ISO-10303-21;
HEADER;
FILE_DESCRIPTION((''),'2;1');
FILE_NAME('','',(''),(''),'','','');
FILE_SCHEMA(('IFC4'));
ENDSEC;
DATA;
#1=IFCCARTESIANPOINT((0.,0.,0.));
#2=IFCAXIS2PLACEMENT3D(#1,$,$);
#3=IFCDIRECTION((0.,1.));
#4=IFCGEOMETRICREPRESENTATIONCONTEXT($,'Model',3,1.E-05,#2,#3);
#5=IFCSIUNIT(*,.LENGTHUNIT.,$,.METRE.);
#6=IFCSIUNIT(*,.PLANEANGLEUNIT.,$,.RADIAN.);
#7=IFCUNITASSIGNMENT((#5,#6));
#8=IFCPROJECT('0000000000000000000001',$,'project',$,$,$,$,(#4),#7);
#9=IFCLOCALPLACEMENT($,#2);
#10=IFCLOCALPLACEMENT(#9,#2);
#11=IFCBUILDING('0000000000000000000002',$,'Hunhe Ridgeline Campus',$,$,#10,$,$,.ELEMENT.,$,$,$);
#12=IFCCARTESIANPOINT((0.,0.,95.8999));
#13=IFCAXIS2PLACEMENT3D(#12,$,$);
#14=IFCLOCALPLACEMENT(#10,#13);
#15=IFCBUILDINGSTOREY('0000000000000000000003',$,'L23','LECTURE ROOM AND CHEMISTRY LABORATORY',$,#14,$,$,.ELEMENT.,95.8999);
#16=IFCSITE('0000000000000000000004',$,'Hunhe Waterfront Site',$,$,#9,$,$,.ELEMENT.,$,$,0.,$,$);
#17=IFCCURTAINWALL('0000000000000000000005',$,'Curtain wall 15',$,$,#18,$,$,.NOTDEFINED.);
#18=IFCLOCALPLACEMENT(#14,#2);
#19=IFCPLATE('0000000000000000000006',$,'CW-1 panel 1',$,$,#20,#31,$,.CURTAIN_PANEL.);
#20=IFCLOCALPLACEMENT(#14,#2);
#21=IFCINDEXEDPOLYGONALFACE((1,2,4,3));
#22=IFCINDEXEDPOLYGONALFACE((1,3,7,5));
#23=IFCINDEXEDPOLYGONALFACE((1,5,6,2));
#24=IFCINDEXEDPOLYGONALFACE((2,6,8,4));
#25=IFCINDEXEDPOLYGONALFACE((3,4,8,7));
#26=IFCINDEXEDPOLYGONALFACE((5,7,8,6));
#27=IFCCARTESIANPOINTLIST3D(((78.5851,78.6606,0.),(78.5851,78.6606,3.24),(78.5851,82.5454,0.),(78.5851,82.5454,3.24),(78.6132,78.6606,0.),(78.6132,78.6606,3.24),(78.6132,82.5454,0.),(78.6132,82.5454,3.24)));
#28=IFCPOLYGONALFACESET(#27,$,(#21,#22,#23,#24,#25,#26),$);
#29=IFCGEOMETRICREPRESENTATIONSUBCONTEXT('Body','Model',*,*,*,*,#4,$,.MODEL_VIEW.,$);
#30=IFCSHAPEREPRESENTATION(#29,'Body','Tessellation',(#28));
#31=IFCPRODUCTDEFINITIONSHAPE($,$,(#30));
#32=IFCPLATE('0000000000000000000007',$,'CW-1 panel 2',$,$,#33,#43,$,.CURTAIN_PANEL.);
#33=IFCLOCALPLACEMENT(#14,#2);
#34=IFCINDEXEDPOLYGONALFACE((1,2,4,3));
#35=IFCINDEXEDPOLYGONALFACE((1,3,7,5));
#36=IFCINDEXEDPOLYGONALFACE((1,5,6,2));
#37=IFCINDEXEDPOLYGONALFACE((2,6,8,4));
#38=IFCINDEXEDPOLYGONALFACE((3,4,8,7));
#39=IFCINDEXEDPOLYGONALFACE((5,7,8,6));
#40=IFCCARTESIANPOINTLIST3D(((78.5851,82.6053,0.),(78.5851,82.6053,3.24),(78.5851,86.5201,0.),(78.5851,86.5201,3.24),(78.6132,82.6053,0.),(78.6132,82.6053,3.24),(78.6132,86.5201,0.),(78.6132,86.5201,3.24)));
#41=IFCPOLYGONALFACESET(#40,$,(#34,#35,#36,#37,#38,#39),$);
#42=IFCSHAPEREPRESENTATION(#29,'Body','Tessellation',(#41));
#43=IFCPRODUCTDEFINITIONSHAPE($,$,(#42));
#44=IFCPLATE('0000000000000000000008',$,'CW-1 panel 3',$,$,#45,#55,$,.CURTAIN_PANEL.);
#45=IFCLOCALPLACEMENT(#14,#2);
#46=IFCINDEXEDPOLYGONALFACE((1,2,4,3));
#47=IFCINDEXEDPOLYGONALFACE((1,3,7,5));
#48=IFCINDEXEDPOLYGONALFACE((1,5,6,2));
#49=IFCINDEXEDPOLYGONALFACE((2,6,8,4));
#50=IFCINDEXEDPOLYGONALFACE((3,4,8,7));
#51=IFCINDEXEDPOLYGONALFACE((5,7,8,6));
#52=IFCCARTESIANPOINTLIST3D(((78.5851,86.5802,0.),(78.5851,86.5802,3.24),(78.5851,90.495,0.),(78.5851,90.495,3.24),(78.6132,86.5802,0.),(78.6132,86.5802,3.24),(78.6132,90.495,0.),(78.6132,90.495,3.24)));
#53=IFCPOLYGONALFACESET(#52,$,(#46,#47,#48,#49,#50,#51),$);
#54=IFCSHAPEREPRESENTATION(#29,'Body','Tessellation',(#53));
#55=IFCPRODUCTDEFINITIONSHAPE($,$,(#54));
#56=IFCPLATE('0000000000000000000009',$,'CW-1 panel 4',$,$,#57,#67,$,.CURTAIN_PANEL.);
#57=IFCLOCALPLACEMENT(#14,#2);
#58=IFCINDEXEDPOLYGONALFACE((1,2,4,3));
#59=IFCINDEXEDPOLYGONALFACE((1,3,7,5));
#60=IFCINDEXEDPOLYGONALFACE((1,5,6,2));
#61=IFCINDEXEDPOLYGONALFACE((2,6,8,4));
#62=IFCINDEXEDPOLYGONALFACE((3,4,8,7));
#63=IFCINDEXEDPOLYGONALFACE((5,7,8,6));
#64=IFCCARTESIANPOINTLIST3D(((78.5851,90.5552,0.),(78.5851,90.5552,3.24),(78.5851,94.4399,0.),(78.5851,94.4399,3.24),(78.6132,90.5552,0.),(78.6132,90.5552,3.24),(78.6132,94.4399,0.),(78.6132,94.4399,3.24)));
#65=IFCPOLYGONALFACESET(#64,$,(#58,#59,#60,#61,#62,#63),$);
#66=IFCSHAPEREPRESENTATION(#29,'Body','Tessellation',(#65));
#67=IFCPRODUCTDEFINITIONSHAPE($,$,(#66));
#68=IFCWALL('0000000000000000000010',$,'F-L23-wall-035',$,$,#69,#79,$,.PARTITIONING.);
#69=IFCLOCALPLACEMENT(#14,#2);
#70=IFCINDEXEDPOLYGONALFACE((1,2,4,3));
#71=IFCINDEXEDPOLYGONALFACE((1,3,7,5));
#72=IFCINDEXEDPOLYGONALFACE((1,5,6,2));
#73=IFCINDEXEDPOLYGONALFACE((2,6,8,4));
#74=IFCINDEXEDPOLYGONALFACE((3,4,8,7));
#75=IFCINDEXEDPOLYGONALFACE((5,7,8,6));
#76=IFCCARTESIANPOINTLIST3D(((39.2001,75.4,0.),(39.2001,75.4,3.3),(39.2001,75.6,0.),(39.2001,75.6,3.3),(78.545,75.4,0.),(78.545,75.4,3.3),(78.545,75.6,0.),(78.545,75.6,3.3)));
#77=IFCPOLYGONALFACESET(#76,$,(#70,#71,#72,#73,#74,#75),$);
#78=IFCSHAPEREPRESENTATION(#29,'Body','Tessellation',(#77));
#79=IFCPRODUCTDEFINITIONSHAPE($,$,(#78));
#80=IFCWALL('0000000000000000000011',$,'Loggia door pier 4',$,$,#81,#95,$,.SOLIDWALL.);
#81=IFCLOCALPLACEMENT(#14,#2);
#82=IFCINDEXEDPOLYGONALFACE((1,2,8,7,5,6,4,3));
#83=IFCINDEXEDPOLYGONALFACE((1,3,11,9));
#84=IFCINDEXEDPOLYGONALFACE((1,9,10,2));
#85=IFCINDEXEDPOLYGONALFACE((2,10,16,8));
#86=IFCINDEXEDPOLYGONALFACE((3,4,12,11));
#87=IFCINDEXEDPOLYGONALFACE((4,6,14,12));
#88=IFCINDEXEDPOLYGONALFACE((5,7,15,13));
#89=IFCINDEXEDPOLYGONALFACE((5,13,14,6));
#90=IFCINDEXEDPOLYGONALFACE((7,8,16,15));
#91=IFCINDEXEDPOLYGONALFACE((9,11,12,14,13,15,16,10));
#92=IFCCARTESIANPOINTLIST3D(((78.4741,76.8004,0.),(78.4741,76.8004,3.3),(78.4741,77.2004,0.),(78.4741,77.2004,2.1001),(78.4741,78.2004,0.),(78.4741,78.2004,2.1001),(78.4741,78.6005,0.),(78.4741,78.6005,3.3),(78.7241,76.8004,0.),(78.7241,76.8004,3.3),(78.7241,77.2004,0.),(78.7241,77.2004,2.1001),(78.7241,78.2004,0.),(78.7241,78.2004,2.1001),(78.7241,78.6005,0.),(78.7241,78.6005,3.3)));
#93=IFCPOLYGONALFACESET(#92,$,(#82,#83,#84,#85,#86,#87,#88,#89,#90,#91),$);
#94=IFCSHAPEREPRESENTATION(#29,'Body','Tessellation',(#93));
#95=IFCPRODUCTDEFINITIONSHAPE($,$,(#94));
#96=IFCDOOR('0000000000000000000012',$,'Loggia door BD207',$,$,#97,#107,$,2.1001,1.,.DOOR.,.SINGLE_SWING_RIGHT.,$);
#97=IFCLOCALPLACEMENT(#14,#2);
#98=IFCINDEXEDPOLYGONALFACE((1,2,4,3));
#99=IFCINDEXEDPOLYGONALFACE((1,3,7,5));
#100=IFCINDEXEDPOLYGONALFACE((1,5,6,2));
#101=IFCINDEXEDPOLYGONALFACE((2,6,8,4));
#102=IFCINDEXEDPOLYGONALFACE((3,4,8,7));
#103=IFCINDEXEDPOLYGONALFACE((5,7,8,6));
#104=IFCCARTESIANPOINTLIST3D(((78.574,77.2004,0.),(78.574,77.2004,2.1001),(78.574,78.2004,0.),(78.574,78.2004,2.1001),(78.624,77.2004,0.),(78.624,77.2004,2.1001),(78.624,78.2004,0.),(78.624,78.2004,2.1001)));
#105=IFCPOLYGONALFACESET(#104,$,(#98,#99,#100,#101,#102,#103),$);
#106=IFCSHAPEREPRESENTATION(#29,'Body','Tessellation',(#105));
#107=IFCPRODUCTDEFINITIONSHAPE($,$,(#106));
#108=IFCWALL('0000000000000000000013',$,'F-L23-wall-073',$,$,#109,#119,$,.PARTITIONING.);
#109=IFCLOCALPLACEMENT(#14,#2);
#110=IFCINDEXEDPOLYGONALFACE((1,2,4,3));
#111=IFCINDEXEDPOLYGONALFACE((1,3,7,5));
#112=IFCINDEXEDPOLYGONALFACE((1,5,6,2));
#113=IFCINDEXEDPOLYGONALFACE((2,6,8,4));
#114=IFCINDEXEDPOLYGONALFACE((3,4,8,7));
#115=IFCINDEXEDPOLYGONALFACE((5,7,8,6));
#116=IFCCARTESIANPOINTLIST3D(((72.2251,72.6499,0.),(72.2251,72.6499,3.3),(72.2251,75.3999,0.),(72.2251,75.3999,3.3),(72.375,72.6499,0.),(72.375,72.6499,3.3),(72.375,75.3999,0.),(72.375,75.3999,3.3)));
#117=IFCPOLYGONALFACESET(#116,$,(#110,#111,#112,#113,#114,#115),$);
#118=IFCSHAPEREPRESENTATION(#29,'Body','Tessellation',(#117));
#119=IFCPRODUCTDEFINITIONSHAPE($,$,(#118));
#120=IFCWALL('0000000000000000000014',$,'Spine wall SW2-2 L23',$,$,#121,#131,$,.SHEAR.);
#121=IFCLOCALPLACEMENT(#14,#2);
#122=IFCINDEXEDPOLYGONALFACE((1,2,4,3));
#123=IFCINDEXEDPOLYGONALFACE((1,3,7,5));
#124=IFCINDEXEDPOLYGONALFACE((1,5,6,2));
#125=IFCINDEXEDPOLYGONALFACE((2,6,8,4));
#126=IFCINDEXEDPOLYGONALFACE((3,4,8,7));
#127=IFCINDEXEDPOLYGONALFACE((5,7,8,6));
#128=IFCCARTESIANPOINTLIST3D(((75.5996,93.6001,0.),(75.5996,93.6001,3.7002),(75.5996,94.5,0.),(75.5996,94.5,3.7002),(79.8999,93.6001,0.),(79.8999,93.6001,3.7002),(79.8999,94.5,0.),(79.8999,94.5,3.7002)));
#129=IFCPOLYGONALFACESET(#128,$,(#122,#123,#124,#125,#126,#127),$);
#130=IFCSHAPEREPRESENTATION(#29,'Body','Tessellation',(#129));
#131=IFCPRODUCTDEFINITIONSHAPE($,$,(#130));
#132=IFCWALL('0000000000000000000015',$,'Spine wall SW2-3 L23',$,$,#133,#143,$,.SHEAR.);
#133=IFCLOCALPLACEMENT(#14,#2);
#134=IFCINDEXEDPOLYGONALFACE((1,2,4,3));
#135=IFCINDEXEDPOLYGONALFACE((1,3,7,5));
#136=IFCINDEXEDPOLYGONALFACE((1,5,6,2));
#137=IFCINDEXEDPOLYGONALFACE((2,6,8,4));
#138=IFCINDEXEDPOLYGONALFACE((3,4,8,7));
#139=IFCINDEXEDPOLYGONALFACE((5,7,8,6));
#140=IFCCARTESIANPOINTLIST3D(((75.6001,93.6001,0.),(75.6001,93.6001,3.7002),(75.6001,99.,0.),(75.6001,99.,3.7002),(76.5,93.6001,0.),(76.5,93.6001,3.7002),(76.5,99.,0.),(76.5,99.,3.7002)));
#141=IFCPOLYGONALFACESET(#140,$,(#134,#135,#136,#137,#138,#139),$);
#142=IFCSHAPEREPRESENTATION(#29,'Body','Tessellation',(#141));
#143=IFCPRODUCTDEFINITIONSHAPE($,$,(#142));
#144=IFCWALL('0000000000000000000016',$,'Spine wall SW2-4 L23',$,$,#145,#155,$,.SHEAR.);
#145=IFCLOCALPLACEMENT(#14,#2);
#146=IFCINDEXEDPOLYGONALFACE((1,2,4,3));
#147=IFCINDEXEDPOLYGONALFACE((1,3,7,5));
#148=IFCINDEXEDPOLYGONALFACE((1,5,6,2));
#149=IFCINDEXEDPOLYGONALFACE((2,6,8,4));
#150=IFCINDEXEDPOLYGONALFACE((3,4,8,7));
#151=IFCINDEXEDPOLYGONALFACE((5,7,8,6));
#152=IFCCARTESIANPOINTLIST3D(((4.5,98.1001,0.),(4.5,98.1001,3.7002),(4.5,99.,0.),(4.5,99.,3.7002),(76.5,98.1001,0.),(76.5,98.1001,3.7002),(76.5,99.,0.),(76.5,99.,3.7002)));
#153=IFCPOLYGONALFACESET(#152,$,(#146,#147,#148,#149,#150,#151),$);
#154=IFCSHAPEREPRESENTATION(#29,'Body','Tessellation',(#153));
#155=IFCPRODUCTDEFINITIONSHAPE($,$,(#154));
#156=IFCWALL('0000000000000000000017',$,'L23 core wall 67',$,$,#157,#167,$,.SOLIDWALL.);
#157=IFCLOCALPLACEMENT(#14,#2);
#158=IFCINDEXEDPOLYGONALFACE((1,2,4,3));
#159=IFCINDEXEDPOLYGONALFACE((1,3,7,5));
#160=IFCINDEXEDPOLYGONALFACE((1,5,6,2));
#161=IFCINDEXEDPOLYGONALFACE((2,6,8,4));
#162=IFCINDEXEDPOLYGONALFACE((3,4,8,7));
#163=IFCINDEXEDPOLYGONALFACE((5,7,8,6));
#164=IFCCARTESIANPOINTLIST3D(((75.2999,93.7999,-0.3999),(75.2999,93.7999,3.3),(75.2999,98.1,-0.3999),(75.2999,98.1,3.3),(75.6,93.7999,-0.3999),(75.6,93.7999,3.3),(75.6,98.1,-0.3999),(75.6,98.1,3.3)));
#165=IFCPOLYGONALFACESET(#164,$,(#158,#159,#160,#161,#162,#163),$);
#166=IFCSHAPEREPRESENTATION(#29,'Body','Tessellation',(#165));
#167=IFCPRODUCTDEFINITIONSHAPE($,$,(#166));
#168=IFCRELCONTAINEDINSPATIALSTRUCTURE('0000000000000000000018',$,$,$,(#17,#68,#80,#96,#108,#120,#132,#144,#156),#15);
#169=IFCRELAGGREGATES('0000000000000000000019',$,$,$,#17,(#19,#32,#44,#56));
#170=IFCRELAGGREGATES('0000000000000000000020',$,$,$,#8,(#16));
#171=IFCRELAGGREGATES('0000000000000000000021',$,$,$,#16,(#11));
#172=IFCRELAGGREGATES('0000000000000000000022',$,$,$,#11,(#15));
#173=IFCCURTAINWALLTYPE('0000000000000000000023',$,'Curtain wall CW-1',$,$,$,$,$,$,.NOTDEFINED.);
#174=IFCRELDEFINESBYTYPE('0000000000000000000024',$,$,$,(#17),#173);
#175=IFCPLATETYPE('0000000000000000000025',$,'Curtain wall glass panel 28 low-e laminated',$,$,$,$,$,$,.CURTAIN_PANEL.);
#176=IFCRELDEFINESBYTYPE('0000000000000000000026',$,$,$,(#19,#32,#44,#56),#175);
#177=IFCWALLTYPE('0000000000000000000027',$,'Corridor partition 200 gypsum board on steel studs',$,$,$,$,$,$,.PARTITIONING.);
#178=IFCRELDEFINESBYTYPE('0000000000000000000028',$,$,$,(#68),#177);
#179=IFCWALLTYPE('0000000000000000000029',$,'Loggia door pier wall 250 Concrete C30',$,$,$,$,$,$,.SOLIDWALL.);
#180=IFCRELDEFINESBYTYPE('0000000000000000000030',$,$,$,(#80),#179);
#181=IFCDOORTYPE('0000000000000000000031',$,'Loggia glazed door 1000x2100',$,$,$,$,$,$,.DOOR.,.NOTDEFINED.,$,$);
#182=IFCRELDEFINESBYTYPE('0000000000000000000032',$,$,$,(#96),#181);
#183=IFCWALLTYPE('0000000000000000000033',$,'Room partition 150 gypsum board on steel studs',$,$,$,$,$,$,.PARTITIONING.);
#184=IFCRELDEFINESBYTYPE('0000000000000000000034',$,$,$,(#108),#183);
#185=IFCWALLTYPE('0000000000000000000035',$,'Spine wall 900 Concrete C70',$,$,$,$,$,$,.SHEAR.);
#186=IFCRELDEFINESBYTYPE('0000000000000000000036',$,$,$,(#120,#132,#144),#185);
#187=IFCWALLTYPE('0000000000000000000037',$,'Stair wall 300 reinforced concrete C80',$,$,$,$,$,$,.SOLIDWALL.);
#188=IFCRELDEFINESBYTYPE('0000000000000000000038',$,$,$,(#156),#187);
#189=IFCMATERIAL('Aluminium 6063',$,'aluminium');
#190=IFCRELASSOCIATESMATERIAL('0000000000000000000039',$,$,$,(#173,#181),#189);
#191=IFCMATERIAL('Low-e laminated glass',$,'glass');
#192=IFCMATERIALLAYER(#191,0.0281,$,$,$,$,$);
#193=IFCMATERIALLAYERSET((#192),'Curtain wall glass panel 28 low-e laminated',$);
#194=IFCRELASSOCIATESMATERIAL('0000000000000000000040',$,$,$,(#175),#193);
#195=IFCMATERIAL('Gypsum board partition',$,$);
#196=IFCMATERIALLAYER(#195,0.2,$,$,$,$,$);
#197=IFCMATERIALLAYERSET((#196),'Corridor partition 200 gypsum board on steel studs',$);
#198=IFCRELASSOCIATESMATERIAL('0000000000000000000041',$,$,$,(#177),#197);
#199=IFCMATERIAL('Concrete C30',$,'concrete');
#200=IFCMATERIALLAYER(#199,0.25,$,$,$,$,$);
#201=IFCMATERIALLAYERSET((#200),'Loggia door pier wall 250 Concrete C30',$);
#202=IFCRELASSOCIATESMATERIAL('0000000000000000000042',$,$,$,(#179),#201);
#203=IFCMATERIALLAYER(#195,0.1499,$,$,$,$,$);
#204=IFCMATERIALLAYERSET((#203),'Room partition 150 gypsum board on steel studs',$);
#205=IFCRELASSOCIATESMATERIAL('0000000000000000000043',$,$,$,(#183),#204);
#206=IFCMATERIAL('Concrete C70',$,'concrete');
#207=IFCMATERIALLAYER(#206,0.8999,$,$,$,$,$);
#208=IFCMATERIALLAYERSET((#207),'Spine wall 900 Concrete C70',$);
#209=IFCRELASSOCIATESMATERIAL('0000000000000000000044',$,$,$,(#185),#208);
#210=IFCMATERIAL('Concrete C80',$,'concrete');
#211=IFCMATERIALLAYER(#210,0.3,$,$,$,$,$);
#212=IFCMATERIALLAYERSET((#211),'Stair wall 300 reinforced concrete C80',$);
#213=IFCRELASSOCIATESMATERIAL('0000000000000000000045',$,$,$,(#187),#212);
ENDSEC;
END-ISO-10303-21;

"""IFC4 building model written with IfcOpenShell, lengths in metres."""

from ifc_helpers import new_model, si_unit, direction, frame, frame_2d, origin, origin_2d, place, context, subcontext, project, spatial, rectangle, extrude, material, layer, layer_set, type_object, element, fill, aggregate, save


model = new_model("IFC4")

# Units and contexts
model_context = context("Model", 3, precision=1e-05, world=origin(), true_north=direction((0.0, 1.0)))
body_context = subcontext(model_context, "Body", "Model", "MODEL_VIEW")
ifc_project = project(units=[si_unit("LENGTHUNIT", "METRE"), si_unit("PLANEANGLEUNIT", "RADIAN")], contexts=[model_context])

# Site, building, storey
site_placement = place(None, origin())
site = spatial("IfcSite", under=ifc_project, at=site_placement, Name="Hunhe Waterfront Site", CompositionType="ELEMENT", RefElevation=0.0)
building_placement = place(site_placement, origin())
building = spatial("IfcBuilding", under=site, at=building_placement, Name="Hunhe Ridgeline Campus", CompositionType="ELEMENT")
storey_placement = place(building_placement, frame((0.0, 0.0, 95.8999)))
storey = spatial("IfcBuildingStorey", under=building, at=storey_placement, Name="L23", Description="LECTURE ROOM AND CHEMISTRY LABORATORY", CompositionType="ELEMENT", Elevation=95.8999)

# Shared definitions
ifc_material_1 = material(Name="Concrete C70", Category="concrete")

# Shared definitions
ifc_material_2 = material(Name="Aluminium 6063", Category="aluminium")
curtain_wall_type = type_object("IfcCurtainWallType", Name="Curtain wall CW-1", PredefinedType="NOTDEFINED", material=ifc_material_2)

# Curtain wall
curtain_wall_1_placement = place(storey_placement, origin())
curtain_wall_1 = element("IfcCurtainWall", 1, at=curtain_wall_1_placement, inside=storey, type_object=curtain_wall_type, Name="Curtain wall 15", PredefinedType="NOTDEFINED")

# Plates
ifc_material_3 = material(Name="Low-e laminated glass", Category="glass")
ifc_layer_1 = layer(ifc_material_3, 0.0281)
ifc_layer_set_1 = layer_set([ifc_layer_1], Name="Curtain wall glass panel 28 low-e laminated")
plate_type = type_object("IfcPlateType", Name="Curtain wall glass panel 28 low-e laminated", PredefinedType="CURTAIN_PANEL", material=ifc_layer_set_1)
plate_1_placement = place(storey_placement, frame((78.5991, 80.603, 0.0), z_axis=(0.0, 0.0, 1.0), x_axis=(0.0, 1.0, 0.0)))
plate_1 = element("IfcPlate", 2, at=plate_1_placement, type_object=plate_type, Name="CW-1 panel 1", PredefinedType="CURTAIN_PANEL", context=body_context, shape_type="SweptSolid", body=[
    extrude(rectangle(XDim=3.8848, YDim=0.0281, at=origin_2d()), origin(), (0.0, 0.0, 1.0), 3.24),
])
plate_2_placement = place(storey_placement, frame((78.5991, 84.5627, 0.0), z_axis=(0.0, 0.0, 1.0), x_axis=(0.0, 1.0, 0.0)))
plate_2 = element("IfcPlate", 3, at=plate_2_placement, type_object=plate_type, Name="CW-1 panel 2", PredefinedType="CURTAIN_PANEL", context=body_context, shape_type="SweptSolid", body=[
    extrude(rectangle(XDim=3.9148, YDim=0.0281, at=origin_2d()), origin(), (0.0, 0.0, 1.0), 3.24),
])
plate_3_placement = place(storey_placement, frame((78.5991, 88.5376, 0.0), z_axis=(0.0, 0.0, 1.0), x_axis=(0.0, 1.0, 0.0)))
plate_3 = element("IfcPlate", 4, at=plate_3_placement, type_object=plate_type, Name="CW-1 panel 3", PredefinedType="CURTAIN_PANEL", context=body_context, shape_type="SweptSolid", body=[
    extrude(rectangle(XDim=3.9148, YDim=0.0281, at=origin_2d()), origin(), (0.0, 0.0, 1.0), 3.24),
])
plate_4_placement = place(storey_placement, frame((78.5991, 92.4976, 0.0), z_axis=(0.0, 0.0, 1.0), x_axis=(0.0, 1.0, 0.0)))
plate_4 = element("IfcPlate", 5, at=plate_4_placement, type_object=plate_type, Name="CW-1 panel 4", PredefinedType="CURTAIN_PANEL", context=body_context, shape_type="SweptSolid", body=[
    extrude(rectangle(XDim=3.8848, YDim=0.0281, at=origin_2d()), origin(), (0.0, 0.0, 1.0), 3.24),
])
aggregate(curtain_wall_1, [plate_1, plate_2, plate_3, plate_4])

# Wall
ifc_material_4 = material(Name="Gypsum board partition")
ifc_layer_2 = layer(ifc_material_4, 0.2)
ifc_layer_set_2 = layer_set([ifc_layer_2], Name="Corridor partition 200 gypsum board on steel studs")
wall_type_1 = type_object("IfcWallType", Name="Corridor partition 200 gypsum board on steel studs", PredefinedType="PARTITIONING", material=ifc_layer_set_2)
wall_1_placement = place(storey_placement, frame((78.5449, 75.5, 0.0), z_axis=(0.0, 0.0, 1.0), x_axis=(-1.0, 0.0, 0.0)))
element("IfcWall", 6, at=wall_1_placement, inside=storey, type_object=wall_type_1, Name="F-L23-wall-035", PredefinedType="PARTITIONING", context=body_context, shape_type="SweptSolid", body=[
    extrude(rectangle(XDim=39.345, YDim=0.2, at=frame_2d((19.6724, 0.0))), origin(), (0.0, 0.0, 1.0), 3.3),
])

# Wall, opening, door
ifc_material_5 = material(Name="Concrete C30", Category="concrete")
ifc_layer_3 = layer(ifc_material_5, 0.25)
ifc_layer_set_3 = layer_set([ifc_layer_3], Name="Loggia door pier wall 250 Concrete C30")
wall_type_2 = type_object("IfcWallType", Name="Loggia door pier wall 250 Concrete C30", PredefinedType="SOLIDWALL", material=ifc_layer_set_3)
wall_2_placement = place(storey_placement, frame((78.5991, 76.8005, 0.0), z_axis=(0.0, 0.0, 1.0), x_axis=(0.0, 1.0, 0.0)))
wall_2 = element("IfcWall", 7, at=wall_2_placement, inside=storey, type_object=wall_type_2, Name="Loggia door pier 4", PredefinedType="SOLIDWALL", context=body_context, shape_type="SweptSolid", body=[
    extrude(rectangle(XDim=1.8, YDim=0.25, at=frame_2d((0.8999, 0.0))), origin(), (0.0, 0.0, 1.0), 3.3),
])
opening_placement = place(wall_2_placement, frame((0.3999, 0.0, 0.0)))
opening = element("IfcOpeningElement", 8, at=opening_placement, cuts=wall_2, PredefinedType="OPENING", context=body_context, shape_type="SweptSolid", body=[
    extrude(rectangle(XDim=1.0, YDim=2.1001, at=frame_2d((0.5, 1.05))), frame((0.0, 0.125, 0.0), z_axis=(0.0, -1.0, 0.0), x_axis=(1.0, 0.0, 0.0)), (0.0, 0.0, 1.0), 0.25),
])
door_type = type_object("IfcDoorType", Name="Loggia glazed door 1000x2100", OperationType="NOTDEFINED", PredefinedType="DOOR", material=ifc_material_2)
door_placement = place(opening_placement, frame((1.0, 0.0, 0.0), z_axis=(0.0, 0.0, 1.0), x_axis=(-1.0, 0.0, 0.0)))
door = element("IfcDoor", 9, at=door_placement, inside=storey, type_object=door_type, Name="Loggia door BD207", OperationType="SINGLE_SWING_RIGHT", OverallHeight=2.1001, OverallWidth=1.0, PredefinedType="DOOR", context=body_context, shape_type="SweptSolid", body=[
    extrude(rectangle(XDim=1.0, YDim=2.1001, at=frame_2d((0.5, 1.05))), frame((0.0, 0.0249, 0.0), z_axis=(0.0, -1.0, 0.0), x_axis=(1.0, 0.0, 0.0)), (0.0, 0.0, 1.0), 0.05),
])
fill(opening, door)

# Walls
ifc_layer_4 = layer(ifc_material_4, 0.1499)
ifc_layer_set_4 = layer_set([ifc_layer_4], Name="Room partition 150 gypsum board on steel studs")
wall_type_3 = type_object("IfcWallType", Name="Room partition 150 gypsum board on steel studs", PredefinedType="PARTITIONING", material=ifc_layer_set_4)
wall_3_placement = place(storey_placement, frame((72.3, 75.3999, 0.0), z_axis=(0.0, 0.0, 1.0), x_axis=(0.0, -1.0, 0.0)))
element("IfcWall", 10, at=wall_3_placement, inside=storey, type_object=wall_type_3, Name="F-L23-wall-073", PredefinedType="PARTITIONING", context=body_context, shape_type="SweptSolid", body=[
    extrude(rectangle(XDim=2.75, YDim=0.1499, at=frame_2d((1.375, 0.0))), origin(), (0.0, 0.0, 1.0), 3.3),
])
ifc_layer_5 = layer(ifc_material_1, 0.8999)
ifc_layer_set_5 = layer_set([ifc_layer_5], Name="Spine wall 900 Concrete C70")
wall_type_4 = type_object("IfcWallType", Name="Spine wall 900 Concrete C70", PredefinedType="SHEAR", material=ifc_layer_set_5)
wall_4_placement = place(storey_placement, frame((79.8999, 94.05, 0.0), z_axis=(0.0, 0.0, 1.0), x_axis=(-1.0, 0.0, 0.0)))
element("IfcWall", 11, at=wall_4_placement, inside=storey, type_object=wall_type_4, Name="Spine wall SW2-2 L23", PredefinedType="SHEAR", context=body_context, shape_type="SweptSolid", body=[
    extrude(rectangle(XDim=4.3003, YDim=0.8999, at=frame_2d((2.1501, 0.0))), origin(), (0.0, 0.0, 1.0), 3.7002),
])
wall_5_placement = place(storey_placement, frame((76.05, 93.6001, 0.0), z_axis=(0.0, 0.0, 1.0), x_axis=(0.0, 1.0, 0.0)))
element("IfcWall", 12, at=wall_5_placement, inside=storey, type_object=wall_type_4, Name="Spine wall SW2-3 L23", PredefinedType="SHEAR", context=body_context, shape_type="SweptSolid", body=[
    extrude(rectangle(XDim=5.3999, YDim=0.8999, at=frame_2d((2.7, 0.0))), origin(), (0.0, 0.0, 1.0), 3.7002),
])
wall_6_placement = place(storey_placement, frame((76.5, 98.55, 0.0), z_axis=(0.0, 0.0, 1.0), x_axis=(-1.0, 0.0, 0.0)))
element("IfcWall", 13, at=wall_6_placement, inside=storey, type_object=wall_type_4, Name="Spine wall SW2-4 L23", PredefinedType="SHEAR", context=body_context, shape_type="SweptSolid", body=[
    extrude(rectangle(XDim=72.0, YDim=0.8999, at=frame_2d((36.0, 0.0))), origin(), (0.0, 0.0, 1.0), 3.7002),
])
ifc_material_6 = material(Name="Concrete C80", Category="concrete")
ifc_layer_6 = layer(ifc_material_6, 0.3)
ifc_layer_set_6 = layer_set([ifc_layer_6], Name="Stair wall 300 reinforced concrete C80")
wall_type_5 = type_object("IfcWallType", Name="Stair wall 300 reinforced concrete C80", PredefinedType="SOLIDWALL", material=ifc_layer_set_6)
wall_7_placement = place(storey_placement, frame((75.45, 93.8, -0.3999), z_axis=(0.0, 0.0, 1.0), x_axis=(0.0, 1.0, 0.0)))
element("IfcWall", 14, at=wall_7_placement, inside=storey, type_object=wall_type_5, Name="L23 core wall 67", PredefinedType="SOLIDWALL", context=body_context, shape_type="SweptSolid", body=[
    extrude(rectangle(XDim=4.3, YDim=0.3, at=frame_2d((2.1499, 0.0))), origin(), (0.0, 0.0, 1.0), 3.7),
])

save(model, "model.ifc")
